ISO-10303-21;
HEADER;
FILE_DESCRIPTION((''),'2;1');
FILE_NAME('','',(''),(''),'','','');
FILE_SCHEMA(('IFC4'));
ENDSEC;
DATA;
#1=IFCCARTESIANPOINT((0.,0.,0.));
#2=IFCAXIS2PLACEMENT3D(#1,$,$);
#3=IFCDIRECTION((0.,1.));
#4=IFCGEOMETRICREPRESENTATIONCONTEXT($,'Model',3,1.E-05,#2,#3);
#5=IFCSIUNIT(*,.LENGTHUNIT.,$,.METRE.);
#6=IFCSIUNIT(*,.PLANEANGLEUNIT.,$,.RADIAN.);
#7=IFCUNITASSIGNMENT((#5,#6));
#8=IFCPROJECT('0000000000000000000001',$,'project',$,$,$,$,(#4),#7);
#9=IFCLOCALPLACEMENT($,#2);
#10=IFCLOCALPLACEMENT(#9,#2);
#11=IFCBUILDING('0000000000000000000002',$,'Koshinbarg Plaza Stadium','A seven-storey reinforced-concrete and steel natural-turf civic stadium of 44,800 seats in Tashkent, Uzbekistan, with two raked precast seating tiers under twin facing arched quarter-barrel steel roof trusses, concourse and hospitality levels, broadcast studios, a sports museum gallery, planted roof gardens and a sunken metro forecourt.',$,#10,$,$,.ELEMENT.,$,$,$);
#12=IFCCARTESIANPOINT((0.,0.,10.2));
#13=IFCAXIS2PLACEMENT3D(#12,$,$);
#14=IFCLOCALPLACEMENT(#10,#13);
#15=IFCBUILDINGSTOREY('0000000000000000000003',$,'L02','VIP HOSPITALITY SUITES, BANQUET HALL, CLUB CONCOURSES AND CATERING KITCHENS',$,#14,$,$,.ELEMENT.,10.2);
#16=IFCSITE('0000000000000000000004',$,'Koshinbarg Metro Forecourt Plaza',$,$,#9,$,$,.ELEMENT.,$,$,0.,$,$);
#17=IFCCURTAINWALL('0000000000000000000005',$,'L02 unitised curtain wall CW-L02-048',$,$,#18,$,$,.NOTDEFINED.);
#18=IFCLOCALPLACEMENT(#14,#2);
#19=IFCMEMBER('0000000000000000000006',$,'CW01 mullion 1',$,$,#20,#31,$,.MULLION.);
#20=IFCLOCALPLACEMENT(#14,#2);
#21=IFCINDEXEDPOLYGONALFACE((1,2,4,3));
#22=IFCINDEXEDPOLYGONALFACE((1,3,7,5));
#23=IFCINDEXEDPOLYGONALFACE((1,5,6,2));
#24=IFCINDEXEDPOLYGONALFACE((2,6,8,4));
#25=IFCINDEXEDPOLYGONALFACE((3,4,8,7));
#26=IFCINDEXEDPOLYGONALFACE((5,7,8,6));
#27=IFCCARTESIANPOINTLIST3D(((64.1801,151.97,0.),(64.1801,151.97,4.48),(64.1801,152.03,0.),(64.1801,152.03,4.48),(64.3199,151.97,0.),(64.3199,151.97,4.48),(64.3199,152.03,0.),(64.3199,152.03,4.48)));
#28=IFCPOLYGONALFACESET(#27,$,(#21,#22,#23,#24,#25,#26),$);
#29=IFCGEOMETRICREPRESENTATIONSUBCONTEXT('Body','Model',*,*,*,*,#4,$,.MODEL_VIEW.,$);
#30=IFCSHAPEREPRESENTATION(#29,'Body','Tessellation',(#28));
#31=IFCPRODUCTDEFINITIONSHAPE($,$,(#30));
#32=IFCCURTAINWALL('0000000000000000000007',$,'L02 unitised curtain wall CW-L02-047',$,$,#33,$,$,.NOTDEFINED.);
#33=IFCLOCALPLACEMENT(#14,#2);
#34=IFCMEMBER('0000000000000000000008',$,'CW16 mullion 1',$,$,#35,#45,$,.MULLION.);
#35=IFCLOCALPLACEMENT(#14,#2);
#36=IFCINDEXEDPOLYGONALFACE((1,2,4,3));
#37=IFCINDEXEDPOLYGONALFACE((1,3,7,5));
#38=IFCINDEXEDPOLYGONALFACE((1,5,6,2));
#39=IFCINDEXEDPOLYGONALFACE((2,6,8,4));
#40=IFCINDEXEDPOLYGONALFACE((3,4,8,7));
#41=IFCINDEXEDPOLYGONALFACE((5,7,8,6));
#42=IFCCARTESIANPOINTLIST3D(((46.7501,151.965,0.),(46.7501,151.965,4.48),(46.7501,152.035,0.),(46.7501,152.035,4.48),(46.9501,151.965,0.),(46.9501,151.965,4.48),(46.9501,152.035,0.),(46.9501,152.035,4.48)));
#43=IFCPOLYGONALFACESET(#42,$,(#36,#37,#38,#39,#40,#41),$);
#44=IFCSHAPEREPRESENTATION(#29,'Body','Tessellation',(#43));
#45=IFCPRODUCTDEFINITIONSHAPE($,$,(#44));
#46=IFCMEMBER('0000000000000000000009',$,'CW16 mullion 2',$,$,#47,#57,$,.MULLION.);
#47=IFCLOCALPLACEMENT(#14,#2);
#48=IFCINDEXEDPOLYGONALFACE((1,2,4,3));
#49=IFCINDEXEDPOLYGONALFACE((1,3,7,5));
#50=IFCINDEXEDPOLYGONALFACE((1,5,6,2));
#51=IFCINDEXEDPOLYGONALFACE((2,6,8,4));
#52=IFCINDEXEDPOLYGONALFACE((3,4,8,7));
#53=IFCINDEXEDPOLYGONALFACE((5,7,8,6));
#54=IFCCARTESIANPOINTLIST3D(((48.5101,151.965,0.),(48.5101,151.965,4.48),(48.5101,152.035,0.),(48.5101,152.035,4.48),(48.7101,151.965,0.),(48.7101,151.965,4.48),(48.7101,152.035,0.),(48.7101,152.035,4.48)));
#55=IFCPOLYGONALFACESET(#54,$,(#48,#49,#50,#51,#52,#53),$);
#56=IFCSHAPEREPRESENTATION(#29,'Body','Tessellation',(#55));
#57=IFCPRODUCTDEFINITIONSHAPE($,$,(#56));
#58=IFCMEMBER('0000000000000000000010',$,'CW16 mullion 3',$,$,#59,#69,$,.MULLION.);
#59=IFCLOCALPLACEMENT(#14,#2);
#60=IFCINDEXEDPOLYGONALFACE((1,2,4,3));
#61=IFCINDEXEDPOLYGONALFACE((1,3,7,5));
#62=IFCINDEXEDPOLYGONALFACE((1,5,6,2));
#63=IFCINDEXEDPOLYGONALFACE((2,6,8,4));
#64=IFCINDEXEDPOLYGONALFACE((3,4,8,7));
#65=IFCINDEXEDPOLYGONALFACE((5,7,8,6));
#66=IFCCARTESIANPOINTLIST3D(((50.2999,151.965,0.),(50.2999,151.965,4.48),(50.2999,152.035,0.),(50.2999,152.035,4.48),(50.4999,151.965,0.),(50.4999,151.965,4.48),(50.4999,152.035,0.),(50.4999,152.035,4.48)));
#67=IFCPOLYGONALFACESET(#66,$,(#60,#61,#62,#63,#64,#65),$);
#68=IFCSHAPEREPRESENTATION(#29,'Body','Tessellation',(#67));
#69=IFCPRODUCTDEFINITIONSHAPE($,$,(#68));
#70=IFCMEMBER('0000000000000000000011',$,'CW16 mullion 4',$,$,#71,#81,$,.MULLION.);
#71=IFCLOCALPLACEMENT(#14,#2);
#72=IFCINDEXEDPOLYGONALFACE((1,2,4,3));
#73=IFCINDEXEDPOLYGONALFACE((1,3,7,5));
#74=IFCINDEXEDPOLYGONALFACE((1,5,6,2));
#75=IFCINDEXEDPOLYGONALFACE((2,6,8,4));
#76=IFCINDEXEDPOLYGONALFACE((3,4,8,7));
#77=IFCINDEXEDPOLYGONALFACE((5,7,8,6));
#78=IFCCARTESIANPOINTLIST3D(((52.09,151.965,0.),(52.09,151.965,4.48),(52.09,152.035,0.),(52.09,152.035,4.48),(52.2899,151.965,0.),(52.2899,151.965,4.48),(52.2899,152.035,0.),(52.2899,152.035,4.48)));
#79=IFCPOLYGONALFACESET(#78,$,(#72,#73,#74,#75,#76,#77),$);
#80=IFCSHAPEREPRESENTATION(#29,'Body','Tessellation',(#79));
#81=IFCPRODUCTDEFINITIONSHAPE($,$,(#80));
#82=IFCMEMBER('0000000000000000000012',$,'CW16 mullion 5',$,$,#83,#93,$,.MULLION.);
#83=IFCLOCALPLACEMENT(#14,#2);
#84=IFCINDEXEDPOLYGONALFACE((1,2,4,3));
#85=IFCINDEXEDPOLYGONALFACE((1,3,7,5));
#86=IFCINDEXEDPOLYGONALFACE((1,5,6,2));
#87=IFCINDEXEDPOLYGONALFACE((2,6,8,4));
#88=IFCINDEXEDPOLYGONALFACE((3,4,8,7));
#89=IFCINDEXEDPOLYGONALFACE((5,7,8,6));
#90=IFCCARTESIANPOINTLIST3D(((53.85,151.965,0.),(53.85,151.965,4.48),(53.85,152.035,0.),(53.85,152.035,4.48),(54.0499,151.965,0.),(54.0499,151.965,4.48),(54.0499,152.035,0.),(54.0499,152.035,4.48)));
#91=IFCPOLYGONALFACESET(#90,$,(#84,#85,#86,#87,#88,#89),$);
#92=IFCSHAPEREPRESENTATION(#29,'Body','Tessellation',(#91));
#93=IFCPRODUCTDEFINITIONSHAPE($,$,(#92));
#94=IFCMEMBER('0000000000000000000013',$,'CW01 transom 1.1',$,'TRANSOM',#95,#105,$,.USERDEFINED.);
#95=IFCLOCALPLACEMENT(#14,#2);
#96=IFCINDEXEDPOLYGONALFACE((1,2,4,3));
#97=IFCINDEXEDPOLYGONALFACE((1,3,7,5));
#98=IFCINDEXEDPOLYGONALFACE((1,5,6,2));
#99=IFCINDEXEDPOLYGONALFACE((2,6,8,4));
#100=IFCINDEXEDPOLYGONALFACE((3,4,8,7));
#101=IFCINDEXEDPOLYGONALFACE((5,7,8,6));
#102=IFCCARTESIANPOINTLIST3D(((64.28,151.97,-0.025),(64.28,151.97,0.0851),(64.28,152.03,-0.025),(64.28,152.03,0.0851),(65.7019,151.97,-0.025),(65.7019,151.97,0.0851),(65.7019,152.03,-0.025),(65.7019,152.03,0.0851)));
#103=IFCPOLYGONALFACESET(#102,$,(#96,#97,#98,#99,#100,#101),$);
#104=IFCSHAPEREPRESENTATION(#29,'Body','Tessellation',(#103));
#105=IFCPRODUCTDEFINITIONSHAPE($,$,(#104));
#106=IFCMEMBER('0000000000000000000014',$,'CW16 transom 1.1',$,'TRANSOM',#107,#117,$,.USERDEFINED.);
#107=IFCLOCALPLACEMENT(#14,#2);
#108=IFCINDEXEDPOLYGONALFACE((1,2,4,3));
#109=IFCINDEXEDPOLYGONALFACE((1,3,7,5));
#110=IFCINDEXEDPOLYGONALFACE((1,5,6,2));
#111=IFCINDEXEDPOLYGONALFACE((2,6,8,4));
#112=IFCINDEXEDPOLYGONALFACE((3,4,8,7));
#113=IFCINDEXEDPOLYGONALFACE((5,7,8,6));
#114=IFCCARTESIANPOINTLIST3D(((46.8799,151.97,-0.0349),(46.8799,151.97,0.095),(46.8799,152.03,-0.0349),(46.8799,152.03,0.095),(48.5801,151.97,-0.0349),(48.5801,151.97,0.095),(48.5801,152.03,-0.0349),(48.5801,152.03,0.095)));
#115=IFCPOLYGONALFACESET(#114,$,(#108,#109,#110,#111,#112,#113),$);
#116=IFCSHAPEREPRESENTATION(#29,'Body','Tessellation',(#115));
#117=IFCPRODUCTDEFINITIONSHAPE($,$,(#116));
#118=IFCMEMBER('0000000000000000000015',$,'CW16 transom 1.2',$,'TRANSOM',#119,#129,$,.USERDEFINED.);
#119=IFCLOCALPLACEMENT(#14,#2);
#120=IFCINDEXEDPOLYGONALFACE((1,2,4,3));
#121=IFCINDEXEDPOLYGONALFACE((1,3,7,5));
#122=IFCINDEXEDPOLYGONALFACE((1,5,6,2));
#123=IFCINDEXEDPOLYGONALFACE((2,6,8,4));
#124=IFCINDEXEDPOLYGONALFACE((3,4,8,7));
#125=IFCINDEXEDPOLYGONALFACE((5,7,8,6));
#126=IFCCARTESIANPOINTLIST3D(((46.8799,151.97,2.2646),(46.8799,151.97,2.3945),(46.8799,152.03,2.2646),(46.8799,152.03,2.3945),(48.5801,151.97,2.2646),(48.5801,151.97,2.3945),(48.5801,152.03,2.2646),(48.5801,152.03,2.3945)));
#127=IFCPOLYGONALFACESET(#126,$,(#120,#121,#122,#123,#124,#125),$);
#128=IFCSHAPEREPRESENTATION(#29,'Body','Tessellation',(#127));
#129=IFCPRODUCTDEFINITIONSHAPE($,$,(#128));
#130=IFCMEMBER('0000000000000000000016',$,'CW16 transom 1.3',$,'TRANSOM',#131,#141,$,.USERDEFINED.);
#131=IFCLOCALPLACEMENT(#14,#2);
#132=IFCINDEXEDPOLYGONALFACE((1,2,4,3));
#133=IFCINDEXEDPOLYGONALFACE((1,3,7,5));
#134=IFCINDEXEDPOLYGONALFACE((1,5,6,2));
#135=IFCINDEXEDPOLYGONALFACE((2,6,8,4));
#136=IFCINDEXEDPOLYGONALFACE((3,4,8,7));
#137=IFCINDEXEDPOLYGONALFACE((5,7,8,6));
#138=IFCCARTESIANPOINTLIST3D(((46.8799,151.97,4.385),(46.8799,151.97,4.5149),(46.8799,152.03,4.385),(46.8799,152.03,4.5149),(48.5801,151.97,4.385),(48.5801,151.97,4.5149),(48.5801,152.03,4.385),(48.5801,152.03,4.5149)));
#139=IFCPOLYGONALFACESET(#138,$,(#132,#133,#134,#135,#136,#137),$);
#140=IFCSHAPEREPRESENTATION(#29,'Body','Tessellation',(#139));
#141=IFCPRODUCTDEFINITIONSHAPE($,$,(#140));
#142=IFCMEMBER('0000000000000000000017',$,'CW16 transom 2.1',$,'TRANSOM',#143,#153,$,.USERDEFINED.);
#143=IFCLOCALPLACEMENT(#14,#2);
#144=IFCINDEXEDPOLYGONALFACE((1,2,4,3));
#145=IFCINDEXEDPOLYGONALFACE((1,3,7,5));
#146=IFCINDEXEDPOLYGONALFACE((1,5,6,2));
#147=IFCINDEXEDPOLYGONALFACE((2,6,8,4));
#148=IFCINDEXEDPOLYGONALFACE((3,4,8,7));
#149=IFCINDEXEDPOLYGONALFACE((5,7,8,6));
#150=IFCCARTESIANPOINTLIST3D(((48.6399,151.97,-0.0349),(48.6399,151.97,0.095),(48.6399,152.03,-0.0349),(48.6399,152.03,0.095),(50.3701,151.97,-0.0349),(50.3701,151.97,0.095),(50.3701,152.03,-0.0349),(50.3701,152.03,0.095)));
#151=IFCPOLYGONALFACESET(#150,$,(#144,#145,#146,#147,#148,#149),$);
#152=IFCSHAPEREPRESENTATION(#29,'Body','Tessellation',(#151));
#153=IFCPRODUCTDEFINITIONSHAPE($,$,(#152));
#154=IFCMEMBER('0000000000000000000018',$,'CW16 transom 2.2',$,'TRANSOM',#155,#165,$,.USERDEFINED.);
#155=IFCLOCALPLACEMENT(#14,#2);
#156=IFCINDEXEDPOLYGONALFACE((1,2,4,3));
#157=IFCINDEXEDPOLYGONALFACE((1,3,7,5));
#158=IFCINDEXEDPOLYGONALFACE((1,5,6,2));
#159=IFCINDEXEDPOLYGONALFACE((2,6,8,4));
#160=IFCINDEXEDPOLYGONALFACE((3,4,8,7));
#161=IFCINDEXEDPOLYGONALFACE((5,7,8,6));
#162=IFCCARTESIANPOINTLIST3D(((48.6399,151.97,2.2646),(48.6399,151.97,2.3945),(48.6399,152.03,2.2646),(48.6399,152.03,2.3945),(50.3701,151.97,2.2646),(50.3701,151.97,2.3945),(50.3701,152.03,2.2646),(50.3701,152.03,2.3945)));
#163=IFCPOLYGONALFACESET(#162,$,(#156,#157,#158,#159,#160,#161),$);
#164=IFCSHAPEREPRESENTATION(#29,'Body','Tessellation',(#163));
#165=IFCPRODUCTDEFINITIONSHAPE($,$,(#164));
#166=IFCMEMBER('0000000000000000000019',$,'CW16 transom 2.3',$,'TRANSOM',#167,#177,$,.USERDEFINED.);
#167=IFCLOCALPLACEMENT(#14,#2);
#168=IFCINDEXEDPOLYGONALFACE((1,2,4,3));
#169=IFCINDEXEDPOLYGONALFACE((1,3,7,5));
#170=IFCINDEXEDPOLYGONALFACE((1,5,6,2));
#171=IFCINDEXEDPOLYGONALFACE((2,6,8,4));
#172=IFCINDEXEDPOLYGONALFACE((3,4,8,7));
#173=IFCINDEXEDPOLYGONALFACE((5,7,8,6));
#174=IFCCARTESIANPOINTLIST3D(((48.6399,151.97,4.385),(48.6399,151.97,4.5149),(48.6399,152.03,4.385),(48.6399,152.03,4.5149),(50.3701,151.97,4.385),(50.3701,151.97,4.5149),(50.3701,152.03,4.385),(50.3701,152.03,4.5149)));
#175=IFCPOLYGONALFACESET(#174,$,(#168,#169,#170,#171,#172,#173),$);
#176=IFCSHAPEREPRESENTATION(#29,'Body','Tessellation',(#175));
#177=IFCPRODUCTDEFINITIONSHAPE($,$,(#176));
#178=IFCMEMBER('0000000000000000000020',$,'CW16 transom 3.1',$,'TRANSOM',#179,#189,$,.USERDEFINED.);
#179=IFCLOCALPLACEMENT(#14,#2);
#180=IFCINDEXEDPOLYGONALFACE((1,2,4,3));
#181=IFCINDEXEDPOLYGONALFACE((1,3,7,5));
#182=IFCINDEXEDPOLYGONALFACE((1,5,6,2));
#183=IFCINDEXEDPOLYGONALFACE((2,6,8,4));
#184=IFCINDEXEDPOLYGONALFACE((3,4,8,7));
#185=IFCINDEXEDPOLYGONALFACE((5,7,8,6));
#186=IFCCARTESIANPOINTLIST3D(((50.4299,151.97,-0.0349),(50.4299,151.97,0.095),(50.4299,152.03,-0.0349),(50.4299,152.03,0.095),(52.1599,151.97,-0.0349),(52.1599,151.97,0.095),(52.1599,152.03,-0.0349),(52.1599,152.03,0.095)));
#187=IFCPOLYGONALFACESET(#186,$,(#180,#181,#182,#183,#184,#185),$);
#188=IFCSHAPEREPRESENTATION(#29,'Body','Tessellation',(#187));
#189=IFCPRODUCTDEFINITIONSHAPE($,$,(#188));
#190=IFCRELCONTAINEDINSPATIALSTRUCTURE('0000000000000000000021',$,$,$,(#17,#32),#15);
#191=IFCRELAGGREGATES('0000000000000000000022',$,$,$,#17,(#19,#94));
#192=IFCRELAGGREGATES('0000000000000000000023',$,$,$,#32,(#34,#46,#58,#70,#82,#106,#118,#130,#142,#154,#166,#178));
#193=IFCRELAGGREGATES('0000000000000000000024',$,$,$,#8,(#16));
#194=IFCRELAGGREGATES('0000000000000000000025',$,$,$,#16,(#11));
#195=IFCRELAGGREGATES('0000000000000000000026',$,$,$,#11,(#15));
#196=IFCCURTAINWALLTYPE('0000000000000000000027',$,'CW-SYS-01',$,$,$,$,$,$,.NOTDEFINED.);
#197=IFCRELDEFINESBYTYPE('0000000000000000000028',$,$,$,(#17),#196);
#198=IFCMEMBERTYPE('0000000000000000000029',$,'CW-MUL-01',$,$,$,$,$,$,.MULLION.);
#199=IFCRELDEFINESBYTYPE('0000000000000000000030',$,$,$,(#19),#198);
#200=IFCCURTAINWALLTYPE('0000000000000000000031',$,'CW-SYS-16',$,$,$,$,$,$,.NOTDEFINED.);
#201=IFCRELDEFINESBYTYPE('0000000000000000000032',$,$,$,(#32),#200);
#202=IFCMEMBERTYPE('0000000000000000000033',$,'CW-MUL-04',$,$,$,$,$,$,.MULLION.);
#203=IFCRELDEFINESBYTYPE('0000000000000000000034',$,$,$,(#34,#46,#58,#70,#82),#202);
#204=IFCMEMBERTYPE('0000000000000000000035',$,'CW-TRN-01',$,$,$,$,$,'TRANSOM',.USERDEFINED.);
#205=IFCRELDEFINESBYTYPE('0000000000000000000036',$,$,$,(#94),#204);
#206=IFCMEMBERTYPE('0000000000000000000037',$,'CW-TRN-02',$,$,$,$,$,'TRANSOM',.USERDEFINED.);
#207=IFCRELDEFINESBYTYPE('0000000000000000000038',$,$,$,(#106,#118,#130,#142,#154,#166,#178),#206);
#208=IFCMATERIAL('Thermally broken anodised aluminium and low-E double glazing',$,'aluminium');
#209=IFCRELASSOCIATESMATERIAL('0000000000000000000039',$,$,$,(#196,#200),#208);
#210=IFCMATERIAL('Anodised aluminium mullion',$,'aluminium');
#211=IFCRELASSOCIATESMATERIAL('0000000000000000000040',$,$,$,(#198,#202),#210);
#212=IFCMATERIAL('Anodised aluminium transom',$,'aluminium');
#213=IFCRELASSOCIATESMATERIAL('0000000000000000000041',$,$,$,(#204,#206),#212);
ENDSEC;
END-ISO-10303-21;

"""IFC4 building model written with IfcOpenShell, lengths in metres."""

from ifc_helpers import new_model, si_unit, direction, frame, origin, origin_2d, place, context, subcontext, project, spatial, rectangle, extrude, material, material_profile, profile_set, type_object, element, aggregate, save


model = new_model("IFC4")

# Units and contexts
model_context = context("Model", 3, precision=1e-05, world=origin(), true_north=direction((0.0, 1.0)))
body_context = subcontext(model_context, "Body", "Model", "MODEL_VIEW")
ifc_project = project(units=[si_unit("LENGTHUNIT", "METRE"), si_unit("PLANEANGLEUNIT", "RADIAN")], contexts=[model_context])

# Site, building, storey
site_placement = place(None, origin())
site = spatial("IfcSite", under=ifc_project, at=site_placement, Name="Koshinbarg Metro Forecourt Plaza", CompositionType="ELEMENT", RefElevation=0.0)
building_placement = place(site_placement, origin())
building = spatial("IfcBuilding", under=site, at=building_placement, Name="Koshinbarg Plaza Stadium", Description="A seven-storey reinforced-concrete and steel natural-turf civic stadium of 44,800 seats in Tashkent, Uzbekistan, with two raked precast seating tiers under twin facing arched quarter-barrel steel roof trusses, concourse and hospitality levels, broadcast studios, a sports museum gallery, planted roof gardens and a sunken metro forecourt.", CompositionType="ELEMENT")
storey_placement = place(building_placement, frame((0.0, 0.0, 10.2)))
storey = spatial("IfcBuildingStorey", under=building, at=storey_placement, Name="L02", Description="VIP HOSPITALITY SUITES, BANQUET HALL, CLUB CONCOURSES AND CATERING KITCHENS", CompositionType="ELEMENT", Elevation=10.2)

# Curtain wall, member
ifc_material_1 = material(Name="Thermally broken anodised aluminium and low-E double glazing", Category="aluminium")
curtain_wall_type_1 = type_object("IfcCurtainWallType", Name="CW-SYS-01", PredefinedType="NOTDEFINED", material=ifc_material_1)
curtain_wall_1_placement = place(storey_placement, origin())
curtain_wall_1 = element("IfcCurtainWall", 1, at=curtain_wall_1_placement, inside=storey, type_object=curtain_wall_type_1, Name="L02 unitised curtain wall CW-L02-048", PredefinedType="NOTDEFINED")
ifc_material_2 = material(Name="Anodised aluminium mullion", Category="aluminium")
ifc_material_profile_1 = material_profile(ifc_material_2, rectangle(XDim=0.0601, YDim=0.1399, at=origin_2d()), Name="ALU 60x140")
ifc_profile_set_1 = profile_set([ifc_material_profile_1], Name="Anodised aluminium mullion")
member_type_1 = type_object("IfcMemberType", Name="CW-MUL-01", PredefinedType="MULLION", material=ifc_profile_set_1)
member_1_placement = place(storey_placement, frame((64.25, 152.0, 0.0), z_axis=(0.0, 0.0, 1.0), x_axis=(0.0, 1.0, 0.0)))
member_1 = element("IfcMember", 2, at=member_1_placement, type_object=member_type_1, Name="CW01 mullion 1", PredefinedType="MULLION", context=body_context, shape_type="SweptSolid", body=[
    extrude(rectangle(XDim=0.0601, YDim=0.1399, at=origin_2d()), origin(), (0.0, 0.0, 1.0), 4.48),
])

# Curtain wall, members
curtain_wall_type_2 = type_object("IfcCurtainWallType", Name="CW-SYS-16", PredefinedType="NOTDEFINED", material=ifc_material_1)
curtain_wall_2_placement = place(storey_placement, origin())
curtain_wall_2 = element("IfcCurtainWall", 3, at=curtain_wall_2_placement, inside=storey, type_object=curtain_wall_type_2, Name="L02 unitised curtain wall CW-L02-047", PredefinedType="NOTDEFINED")
ifc_material_profile_2 = material_profile(ifc_material_2, rectangle(XDim=0.0701, YDim=0.2, at=origin_2d()), Name="ALU 70x200")
ifc_profile_set_2 = profile_set([ifc_material_profile_2], Name="Anodised aluminium mullion")
member_type_2 = type_object("IfcMemberType", Name="CW-MUL-04", PredefinedType="MULLION", material=ifc_profile_set_2)
member_2_placement = place(storey_placement, frame((46.8501, 152.0, 0.0), z_axis=(0.0, 0.0, 1.0), x_axis=(0.0, 1.0, 0.0)))
member_2 = element("IfcMember", 4, at=member_2_placement, type_object=member_type_2, Name="CW16 mullion 1", PredefinedType="MULLION", context=body_context, shape_type="SweptSolid", body=[
    extrude(rectangle(XDim=0.0701, YDim=0.2, at=origin_2d()), origin(), (0.0, 0.0, 1.0), 4.48),
])
member_3_placement = place(storey_placement, frame((48.6101, 152.0, 0.0), z_axis=(0.0, 0.0, 1.0), x_axis=(0.0, 1.0, 0.0)))
member_3 = element("IfcMember", 5, at=member_3_placement, type_object=member_type_2, Name="CW16 mullion 2", PredefinedType="MULLION", context=body_context, shape_type="SweptSolid", body=[
    extrude(rectangle(XDim=0.0701, YDim=0.2, at=origin_2d()), origin(), (0.0, 0.0, 1.0), 4.48),
])
member_4_placement = place(storey_placement, frame((50.3999, 152.0, 0.0), z_axis=(0.0, 0.0, 1.0), x_axis=(0.0, 1.0, 0.0)))
member_4 = element("IfcMember", 6, at=member_4_placement, type_object=member_type_2, Name="CW16 mullion 3", PredefinedType="MULLION", context=body_context, shape_type="SweptSolid", body=[
    extrude(rectangle(XDim=0.0701, YDim=0.2, at=origin_2d()), origin(), (0.0, 0.0, 1.0), 4.48),
])
member_5_placement = place(storey_placement, frame((52.1899, 152.0, 0.0), z_axis=(0.0, 0.0, 1.0), x_axis=(0.0, 1.0, 0.0)))
member_5 = element("IfcMember", 7, at=member_5_placement, type_object=member_type_2, Name="CW16 mullion 4", PredefinedType="MULLION", context=body_context, shape_type="SweptSolid", body=[
    extrude(rectangle(XDim=0.0701, YDim=0.2, at=origin_2d()), origin(), (0.0, 0.0, 1.0), 4.48),
])
member_6_placement = place(storey_placement, frame((53.95, 152.0, 0.0), z_axis=(0.0, 0.0, 1.0), x_axis=(0.0, 1.0, 0.0)))
member_6 = element("IfcMember", 8, at=member_6_placement, type_object=member_type_2, Name="CW16 mullion 5", PredefinedType="MULLION", context=body_context, shape_type="SweptSolid", body=[
    extrude(rectangle(XDim=0.0701, YDim=0.2, at=origin_2d()), origin(), (0.0, 0.0, 1.0), 4.48),
])

# Members
ifc_material_3 = material(Name="Anodised aluminium transom", Category="aluminium")
ifc_material_profile_3 = material_profile(ifc_material_3, rectangle(XDim=0.0601, YDim=0.1101, at=origin_2d()), Name="ALU 60x110")
ifc_profile_set_3 = profile_set([ifc_material_profile_3], Name="Anodised aluminium transom")
member_type_3 = type_object("IfcMemberType", Name="CW-TRN-01", ElementType="TRANSOM", PredefinedType="USERDEFINED", material=ifc_profile_set_3)
member_7_placement = place(storey_placement, frame((64.28, 152.0, 0.03), z_axis=(1.0, 0.0, 0.0), x_axis=(0.0, 1.0, 0.0)))
member_7 = element("IfcMember", 9, at=member_7_placement, type_object=member_type_3, Name="CW01 transom 1.1", ObjectType="TRANSOM", PredefinedType="USERDEFINED", context=body_context, shape_type="SweptSolid", body=[
    extrude(rectangle(XDim=0.0601, YDim=0.1101, at=origin_2d()), origin(), (0.0, 0.0, 1.0), 1.4219),
])
aggregate(curtain_wall_1, [member_1, member_7])
ifc_material_profile_4 = material_profile(ifc_material_3, rectangle(XDim=0.0601, YDim=0.1299, at=origin_2d()), Name="ALU 60x130")
ifc_profile_set_4 = profile_set([ifc_material_profile_4], Name="Anodised aluminium transom")
member_type_4 = type_object("IfcMemberType", Name="CW-TRN-02", ElementType="TRANSOM", PredefinedType="USERDEFINED", material=ifc_profile_set_4)
member_8_placement = place(storey_placement, frame((46.8799, 152.0, 0.03), z_axis=(1.0, 0.0, 0.0), x_axis=(0.0, 1.0, 0.0)))
member_8 = element("IfcMember", 10, at=member_8_placement, type_object=member_type_4, Name="CW16 transom 1.1", ObjectType="TRANSOM", PredefinedType="USERDEFINED", context=body_context, shape_type="SweptSolid", body=[
    extrude(rectangle(XDim=0.0601, YDim=0.1299, at=origin_2d()), origin(), (0.0, 0.0, 1.0), 1.7002),
])
member_9_placement = place(storey_placement, frame((46.8799, 152.0, 2.3296), z_axis=(1.0, 0.0, 0.0), x_axis=(0.0, 1.0, 0.0)))
member_9 = element("IfcMember", 11, at=member_9_placement, type_object=member_type_4, Name="CW16 transom 1.2", ObjectType="TRANSOM", PredefinedType="USERDEFINED", context=body_context, shape_type="SweptSolid", body=[
    extrude(rectangle(XDim=0.0601, YDim=0.1299, at=origin_2d()), origin(), (0.0, 0.0, 1.0), 1.7002),
])
member_10_placement = place(storey_placement, frame((46.8799, 152.0, 4.45), z_axis=(1.0, 0.0, 0.0), x_axis=(0.0, 1.0, 0.0)))
member_10 = element("IfcMember", 12, at=member_10_placement, type_object=member_type_4, Name="CW16 transom 1.3", ObjectType="TRANSOM", PredefinedType="USERDEFINED", context=body_context, shape_type="SweptSolid", body=[
    extrude(rectangle(XDim=0.0601, YDim=0.1299, at=origin_2d()), origin(), (0.0, 0.0, 1.0), 1.7002),
])
member_11_placement = place(storey_placement, frame((48.6399, 152.0, 0.03), z_axis=(1.0, 0.0, 0.0), x_axis=(0.0, 1.0, 0.0)))
member_11 = element("IfcMember", 13, at=member_11_placement, type_object=member_type_4, Name="CW16 transom 2.1", ObjectType="TRANSOM", PredefinedType="USERDEFINED", context=body_context, shape_type="SweptSolid", body=[
    extrude(rectangle(XDim=0.0601, YDim=0.1299, at=origin_2d()), origin(), (0.0, 0.0, 1.0), 1.7302),
])
member_12_placement = place(storey_placement, frame((48.6399, 152.0, 2.3296), z_axis=(1.0, 0.0, 0.0), x_axis=(0.0, 1.0, 0.0)))
member_12 = element("IfcMember", 14, at=member_12_placement, type_object=member_type_4, Name="CW16 transom 2.2", ObjectType="TRANSOM", PredefinedType="USERDEFINED", context=body_context, shape_type="SweptSolid", body=[
    extrude(rectangle(XDim=0.0601, YDim=0.1299, at=origin_2d()), origin(), (0.0, 0.0, 1.0), 1.7302),
])
member_13_placement = place(storey_placement, frame((48.6399, 152.0, 4.45), z_axis=(1.0, 0.0, 0.0), x_axis=(0.0, 1.0, 0.0)))
member_13 = element("IfcMember", 15, at=member_13_placement, type_object=member_type_4, Name="CW16 transom 2.3", ObjectType="TRANSOM", PredefinedType="USERDEFINED", context=body_context, shape_type="SweptSolid", body=[
    extrude(rectangle(XDim=0.0601, YDim=0.1299, at=origin_2d()), origin(), (0.0, 0.0, 1.0), 1.7302),
])
member_14_placement = place(storey_placement, frame((50.4299, 152.0, 0.03), z_axis=(1.0, 0.0, 0.0), x_axis=(0.0, 1.0, 0.0)))
member_14 = element("IfcMember", 16, at=member_14_placement, type_object=member_type_4, Name="CW16 transom 3.1", ObjectType="TRANSOM", PredefinedType="USERDEFINED", context=body_context, shape_type="SweptSolid", body=[
    extrude(rectangle(XDim=0.0601, YDim=0.1299, at=origin_2d()), origin(), (0.0, 0.0, 1.0), 1.73),
])

aggregate(curtain_wall_2, [member_2, member_3, member_4, member_5, member_6, member_8, member_9, member_10, member_11, member_12, member_13, member_14])

save(model, "model.ifc")
